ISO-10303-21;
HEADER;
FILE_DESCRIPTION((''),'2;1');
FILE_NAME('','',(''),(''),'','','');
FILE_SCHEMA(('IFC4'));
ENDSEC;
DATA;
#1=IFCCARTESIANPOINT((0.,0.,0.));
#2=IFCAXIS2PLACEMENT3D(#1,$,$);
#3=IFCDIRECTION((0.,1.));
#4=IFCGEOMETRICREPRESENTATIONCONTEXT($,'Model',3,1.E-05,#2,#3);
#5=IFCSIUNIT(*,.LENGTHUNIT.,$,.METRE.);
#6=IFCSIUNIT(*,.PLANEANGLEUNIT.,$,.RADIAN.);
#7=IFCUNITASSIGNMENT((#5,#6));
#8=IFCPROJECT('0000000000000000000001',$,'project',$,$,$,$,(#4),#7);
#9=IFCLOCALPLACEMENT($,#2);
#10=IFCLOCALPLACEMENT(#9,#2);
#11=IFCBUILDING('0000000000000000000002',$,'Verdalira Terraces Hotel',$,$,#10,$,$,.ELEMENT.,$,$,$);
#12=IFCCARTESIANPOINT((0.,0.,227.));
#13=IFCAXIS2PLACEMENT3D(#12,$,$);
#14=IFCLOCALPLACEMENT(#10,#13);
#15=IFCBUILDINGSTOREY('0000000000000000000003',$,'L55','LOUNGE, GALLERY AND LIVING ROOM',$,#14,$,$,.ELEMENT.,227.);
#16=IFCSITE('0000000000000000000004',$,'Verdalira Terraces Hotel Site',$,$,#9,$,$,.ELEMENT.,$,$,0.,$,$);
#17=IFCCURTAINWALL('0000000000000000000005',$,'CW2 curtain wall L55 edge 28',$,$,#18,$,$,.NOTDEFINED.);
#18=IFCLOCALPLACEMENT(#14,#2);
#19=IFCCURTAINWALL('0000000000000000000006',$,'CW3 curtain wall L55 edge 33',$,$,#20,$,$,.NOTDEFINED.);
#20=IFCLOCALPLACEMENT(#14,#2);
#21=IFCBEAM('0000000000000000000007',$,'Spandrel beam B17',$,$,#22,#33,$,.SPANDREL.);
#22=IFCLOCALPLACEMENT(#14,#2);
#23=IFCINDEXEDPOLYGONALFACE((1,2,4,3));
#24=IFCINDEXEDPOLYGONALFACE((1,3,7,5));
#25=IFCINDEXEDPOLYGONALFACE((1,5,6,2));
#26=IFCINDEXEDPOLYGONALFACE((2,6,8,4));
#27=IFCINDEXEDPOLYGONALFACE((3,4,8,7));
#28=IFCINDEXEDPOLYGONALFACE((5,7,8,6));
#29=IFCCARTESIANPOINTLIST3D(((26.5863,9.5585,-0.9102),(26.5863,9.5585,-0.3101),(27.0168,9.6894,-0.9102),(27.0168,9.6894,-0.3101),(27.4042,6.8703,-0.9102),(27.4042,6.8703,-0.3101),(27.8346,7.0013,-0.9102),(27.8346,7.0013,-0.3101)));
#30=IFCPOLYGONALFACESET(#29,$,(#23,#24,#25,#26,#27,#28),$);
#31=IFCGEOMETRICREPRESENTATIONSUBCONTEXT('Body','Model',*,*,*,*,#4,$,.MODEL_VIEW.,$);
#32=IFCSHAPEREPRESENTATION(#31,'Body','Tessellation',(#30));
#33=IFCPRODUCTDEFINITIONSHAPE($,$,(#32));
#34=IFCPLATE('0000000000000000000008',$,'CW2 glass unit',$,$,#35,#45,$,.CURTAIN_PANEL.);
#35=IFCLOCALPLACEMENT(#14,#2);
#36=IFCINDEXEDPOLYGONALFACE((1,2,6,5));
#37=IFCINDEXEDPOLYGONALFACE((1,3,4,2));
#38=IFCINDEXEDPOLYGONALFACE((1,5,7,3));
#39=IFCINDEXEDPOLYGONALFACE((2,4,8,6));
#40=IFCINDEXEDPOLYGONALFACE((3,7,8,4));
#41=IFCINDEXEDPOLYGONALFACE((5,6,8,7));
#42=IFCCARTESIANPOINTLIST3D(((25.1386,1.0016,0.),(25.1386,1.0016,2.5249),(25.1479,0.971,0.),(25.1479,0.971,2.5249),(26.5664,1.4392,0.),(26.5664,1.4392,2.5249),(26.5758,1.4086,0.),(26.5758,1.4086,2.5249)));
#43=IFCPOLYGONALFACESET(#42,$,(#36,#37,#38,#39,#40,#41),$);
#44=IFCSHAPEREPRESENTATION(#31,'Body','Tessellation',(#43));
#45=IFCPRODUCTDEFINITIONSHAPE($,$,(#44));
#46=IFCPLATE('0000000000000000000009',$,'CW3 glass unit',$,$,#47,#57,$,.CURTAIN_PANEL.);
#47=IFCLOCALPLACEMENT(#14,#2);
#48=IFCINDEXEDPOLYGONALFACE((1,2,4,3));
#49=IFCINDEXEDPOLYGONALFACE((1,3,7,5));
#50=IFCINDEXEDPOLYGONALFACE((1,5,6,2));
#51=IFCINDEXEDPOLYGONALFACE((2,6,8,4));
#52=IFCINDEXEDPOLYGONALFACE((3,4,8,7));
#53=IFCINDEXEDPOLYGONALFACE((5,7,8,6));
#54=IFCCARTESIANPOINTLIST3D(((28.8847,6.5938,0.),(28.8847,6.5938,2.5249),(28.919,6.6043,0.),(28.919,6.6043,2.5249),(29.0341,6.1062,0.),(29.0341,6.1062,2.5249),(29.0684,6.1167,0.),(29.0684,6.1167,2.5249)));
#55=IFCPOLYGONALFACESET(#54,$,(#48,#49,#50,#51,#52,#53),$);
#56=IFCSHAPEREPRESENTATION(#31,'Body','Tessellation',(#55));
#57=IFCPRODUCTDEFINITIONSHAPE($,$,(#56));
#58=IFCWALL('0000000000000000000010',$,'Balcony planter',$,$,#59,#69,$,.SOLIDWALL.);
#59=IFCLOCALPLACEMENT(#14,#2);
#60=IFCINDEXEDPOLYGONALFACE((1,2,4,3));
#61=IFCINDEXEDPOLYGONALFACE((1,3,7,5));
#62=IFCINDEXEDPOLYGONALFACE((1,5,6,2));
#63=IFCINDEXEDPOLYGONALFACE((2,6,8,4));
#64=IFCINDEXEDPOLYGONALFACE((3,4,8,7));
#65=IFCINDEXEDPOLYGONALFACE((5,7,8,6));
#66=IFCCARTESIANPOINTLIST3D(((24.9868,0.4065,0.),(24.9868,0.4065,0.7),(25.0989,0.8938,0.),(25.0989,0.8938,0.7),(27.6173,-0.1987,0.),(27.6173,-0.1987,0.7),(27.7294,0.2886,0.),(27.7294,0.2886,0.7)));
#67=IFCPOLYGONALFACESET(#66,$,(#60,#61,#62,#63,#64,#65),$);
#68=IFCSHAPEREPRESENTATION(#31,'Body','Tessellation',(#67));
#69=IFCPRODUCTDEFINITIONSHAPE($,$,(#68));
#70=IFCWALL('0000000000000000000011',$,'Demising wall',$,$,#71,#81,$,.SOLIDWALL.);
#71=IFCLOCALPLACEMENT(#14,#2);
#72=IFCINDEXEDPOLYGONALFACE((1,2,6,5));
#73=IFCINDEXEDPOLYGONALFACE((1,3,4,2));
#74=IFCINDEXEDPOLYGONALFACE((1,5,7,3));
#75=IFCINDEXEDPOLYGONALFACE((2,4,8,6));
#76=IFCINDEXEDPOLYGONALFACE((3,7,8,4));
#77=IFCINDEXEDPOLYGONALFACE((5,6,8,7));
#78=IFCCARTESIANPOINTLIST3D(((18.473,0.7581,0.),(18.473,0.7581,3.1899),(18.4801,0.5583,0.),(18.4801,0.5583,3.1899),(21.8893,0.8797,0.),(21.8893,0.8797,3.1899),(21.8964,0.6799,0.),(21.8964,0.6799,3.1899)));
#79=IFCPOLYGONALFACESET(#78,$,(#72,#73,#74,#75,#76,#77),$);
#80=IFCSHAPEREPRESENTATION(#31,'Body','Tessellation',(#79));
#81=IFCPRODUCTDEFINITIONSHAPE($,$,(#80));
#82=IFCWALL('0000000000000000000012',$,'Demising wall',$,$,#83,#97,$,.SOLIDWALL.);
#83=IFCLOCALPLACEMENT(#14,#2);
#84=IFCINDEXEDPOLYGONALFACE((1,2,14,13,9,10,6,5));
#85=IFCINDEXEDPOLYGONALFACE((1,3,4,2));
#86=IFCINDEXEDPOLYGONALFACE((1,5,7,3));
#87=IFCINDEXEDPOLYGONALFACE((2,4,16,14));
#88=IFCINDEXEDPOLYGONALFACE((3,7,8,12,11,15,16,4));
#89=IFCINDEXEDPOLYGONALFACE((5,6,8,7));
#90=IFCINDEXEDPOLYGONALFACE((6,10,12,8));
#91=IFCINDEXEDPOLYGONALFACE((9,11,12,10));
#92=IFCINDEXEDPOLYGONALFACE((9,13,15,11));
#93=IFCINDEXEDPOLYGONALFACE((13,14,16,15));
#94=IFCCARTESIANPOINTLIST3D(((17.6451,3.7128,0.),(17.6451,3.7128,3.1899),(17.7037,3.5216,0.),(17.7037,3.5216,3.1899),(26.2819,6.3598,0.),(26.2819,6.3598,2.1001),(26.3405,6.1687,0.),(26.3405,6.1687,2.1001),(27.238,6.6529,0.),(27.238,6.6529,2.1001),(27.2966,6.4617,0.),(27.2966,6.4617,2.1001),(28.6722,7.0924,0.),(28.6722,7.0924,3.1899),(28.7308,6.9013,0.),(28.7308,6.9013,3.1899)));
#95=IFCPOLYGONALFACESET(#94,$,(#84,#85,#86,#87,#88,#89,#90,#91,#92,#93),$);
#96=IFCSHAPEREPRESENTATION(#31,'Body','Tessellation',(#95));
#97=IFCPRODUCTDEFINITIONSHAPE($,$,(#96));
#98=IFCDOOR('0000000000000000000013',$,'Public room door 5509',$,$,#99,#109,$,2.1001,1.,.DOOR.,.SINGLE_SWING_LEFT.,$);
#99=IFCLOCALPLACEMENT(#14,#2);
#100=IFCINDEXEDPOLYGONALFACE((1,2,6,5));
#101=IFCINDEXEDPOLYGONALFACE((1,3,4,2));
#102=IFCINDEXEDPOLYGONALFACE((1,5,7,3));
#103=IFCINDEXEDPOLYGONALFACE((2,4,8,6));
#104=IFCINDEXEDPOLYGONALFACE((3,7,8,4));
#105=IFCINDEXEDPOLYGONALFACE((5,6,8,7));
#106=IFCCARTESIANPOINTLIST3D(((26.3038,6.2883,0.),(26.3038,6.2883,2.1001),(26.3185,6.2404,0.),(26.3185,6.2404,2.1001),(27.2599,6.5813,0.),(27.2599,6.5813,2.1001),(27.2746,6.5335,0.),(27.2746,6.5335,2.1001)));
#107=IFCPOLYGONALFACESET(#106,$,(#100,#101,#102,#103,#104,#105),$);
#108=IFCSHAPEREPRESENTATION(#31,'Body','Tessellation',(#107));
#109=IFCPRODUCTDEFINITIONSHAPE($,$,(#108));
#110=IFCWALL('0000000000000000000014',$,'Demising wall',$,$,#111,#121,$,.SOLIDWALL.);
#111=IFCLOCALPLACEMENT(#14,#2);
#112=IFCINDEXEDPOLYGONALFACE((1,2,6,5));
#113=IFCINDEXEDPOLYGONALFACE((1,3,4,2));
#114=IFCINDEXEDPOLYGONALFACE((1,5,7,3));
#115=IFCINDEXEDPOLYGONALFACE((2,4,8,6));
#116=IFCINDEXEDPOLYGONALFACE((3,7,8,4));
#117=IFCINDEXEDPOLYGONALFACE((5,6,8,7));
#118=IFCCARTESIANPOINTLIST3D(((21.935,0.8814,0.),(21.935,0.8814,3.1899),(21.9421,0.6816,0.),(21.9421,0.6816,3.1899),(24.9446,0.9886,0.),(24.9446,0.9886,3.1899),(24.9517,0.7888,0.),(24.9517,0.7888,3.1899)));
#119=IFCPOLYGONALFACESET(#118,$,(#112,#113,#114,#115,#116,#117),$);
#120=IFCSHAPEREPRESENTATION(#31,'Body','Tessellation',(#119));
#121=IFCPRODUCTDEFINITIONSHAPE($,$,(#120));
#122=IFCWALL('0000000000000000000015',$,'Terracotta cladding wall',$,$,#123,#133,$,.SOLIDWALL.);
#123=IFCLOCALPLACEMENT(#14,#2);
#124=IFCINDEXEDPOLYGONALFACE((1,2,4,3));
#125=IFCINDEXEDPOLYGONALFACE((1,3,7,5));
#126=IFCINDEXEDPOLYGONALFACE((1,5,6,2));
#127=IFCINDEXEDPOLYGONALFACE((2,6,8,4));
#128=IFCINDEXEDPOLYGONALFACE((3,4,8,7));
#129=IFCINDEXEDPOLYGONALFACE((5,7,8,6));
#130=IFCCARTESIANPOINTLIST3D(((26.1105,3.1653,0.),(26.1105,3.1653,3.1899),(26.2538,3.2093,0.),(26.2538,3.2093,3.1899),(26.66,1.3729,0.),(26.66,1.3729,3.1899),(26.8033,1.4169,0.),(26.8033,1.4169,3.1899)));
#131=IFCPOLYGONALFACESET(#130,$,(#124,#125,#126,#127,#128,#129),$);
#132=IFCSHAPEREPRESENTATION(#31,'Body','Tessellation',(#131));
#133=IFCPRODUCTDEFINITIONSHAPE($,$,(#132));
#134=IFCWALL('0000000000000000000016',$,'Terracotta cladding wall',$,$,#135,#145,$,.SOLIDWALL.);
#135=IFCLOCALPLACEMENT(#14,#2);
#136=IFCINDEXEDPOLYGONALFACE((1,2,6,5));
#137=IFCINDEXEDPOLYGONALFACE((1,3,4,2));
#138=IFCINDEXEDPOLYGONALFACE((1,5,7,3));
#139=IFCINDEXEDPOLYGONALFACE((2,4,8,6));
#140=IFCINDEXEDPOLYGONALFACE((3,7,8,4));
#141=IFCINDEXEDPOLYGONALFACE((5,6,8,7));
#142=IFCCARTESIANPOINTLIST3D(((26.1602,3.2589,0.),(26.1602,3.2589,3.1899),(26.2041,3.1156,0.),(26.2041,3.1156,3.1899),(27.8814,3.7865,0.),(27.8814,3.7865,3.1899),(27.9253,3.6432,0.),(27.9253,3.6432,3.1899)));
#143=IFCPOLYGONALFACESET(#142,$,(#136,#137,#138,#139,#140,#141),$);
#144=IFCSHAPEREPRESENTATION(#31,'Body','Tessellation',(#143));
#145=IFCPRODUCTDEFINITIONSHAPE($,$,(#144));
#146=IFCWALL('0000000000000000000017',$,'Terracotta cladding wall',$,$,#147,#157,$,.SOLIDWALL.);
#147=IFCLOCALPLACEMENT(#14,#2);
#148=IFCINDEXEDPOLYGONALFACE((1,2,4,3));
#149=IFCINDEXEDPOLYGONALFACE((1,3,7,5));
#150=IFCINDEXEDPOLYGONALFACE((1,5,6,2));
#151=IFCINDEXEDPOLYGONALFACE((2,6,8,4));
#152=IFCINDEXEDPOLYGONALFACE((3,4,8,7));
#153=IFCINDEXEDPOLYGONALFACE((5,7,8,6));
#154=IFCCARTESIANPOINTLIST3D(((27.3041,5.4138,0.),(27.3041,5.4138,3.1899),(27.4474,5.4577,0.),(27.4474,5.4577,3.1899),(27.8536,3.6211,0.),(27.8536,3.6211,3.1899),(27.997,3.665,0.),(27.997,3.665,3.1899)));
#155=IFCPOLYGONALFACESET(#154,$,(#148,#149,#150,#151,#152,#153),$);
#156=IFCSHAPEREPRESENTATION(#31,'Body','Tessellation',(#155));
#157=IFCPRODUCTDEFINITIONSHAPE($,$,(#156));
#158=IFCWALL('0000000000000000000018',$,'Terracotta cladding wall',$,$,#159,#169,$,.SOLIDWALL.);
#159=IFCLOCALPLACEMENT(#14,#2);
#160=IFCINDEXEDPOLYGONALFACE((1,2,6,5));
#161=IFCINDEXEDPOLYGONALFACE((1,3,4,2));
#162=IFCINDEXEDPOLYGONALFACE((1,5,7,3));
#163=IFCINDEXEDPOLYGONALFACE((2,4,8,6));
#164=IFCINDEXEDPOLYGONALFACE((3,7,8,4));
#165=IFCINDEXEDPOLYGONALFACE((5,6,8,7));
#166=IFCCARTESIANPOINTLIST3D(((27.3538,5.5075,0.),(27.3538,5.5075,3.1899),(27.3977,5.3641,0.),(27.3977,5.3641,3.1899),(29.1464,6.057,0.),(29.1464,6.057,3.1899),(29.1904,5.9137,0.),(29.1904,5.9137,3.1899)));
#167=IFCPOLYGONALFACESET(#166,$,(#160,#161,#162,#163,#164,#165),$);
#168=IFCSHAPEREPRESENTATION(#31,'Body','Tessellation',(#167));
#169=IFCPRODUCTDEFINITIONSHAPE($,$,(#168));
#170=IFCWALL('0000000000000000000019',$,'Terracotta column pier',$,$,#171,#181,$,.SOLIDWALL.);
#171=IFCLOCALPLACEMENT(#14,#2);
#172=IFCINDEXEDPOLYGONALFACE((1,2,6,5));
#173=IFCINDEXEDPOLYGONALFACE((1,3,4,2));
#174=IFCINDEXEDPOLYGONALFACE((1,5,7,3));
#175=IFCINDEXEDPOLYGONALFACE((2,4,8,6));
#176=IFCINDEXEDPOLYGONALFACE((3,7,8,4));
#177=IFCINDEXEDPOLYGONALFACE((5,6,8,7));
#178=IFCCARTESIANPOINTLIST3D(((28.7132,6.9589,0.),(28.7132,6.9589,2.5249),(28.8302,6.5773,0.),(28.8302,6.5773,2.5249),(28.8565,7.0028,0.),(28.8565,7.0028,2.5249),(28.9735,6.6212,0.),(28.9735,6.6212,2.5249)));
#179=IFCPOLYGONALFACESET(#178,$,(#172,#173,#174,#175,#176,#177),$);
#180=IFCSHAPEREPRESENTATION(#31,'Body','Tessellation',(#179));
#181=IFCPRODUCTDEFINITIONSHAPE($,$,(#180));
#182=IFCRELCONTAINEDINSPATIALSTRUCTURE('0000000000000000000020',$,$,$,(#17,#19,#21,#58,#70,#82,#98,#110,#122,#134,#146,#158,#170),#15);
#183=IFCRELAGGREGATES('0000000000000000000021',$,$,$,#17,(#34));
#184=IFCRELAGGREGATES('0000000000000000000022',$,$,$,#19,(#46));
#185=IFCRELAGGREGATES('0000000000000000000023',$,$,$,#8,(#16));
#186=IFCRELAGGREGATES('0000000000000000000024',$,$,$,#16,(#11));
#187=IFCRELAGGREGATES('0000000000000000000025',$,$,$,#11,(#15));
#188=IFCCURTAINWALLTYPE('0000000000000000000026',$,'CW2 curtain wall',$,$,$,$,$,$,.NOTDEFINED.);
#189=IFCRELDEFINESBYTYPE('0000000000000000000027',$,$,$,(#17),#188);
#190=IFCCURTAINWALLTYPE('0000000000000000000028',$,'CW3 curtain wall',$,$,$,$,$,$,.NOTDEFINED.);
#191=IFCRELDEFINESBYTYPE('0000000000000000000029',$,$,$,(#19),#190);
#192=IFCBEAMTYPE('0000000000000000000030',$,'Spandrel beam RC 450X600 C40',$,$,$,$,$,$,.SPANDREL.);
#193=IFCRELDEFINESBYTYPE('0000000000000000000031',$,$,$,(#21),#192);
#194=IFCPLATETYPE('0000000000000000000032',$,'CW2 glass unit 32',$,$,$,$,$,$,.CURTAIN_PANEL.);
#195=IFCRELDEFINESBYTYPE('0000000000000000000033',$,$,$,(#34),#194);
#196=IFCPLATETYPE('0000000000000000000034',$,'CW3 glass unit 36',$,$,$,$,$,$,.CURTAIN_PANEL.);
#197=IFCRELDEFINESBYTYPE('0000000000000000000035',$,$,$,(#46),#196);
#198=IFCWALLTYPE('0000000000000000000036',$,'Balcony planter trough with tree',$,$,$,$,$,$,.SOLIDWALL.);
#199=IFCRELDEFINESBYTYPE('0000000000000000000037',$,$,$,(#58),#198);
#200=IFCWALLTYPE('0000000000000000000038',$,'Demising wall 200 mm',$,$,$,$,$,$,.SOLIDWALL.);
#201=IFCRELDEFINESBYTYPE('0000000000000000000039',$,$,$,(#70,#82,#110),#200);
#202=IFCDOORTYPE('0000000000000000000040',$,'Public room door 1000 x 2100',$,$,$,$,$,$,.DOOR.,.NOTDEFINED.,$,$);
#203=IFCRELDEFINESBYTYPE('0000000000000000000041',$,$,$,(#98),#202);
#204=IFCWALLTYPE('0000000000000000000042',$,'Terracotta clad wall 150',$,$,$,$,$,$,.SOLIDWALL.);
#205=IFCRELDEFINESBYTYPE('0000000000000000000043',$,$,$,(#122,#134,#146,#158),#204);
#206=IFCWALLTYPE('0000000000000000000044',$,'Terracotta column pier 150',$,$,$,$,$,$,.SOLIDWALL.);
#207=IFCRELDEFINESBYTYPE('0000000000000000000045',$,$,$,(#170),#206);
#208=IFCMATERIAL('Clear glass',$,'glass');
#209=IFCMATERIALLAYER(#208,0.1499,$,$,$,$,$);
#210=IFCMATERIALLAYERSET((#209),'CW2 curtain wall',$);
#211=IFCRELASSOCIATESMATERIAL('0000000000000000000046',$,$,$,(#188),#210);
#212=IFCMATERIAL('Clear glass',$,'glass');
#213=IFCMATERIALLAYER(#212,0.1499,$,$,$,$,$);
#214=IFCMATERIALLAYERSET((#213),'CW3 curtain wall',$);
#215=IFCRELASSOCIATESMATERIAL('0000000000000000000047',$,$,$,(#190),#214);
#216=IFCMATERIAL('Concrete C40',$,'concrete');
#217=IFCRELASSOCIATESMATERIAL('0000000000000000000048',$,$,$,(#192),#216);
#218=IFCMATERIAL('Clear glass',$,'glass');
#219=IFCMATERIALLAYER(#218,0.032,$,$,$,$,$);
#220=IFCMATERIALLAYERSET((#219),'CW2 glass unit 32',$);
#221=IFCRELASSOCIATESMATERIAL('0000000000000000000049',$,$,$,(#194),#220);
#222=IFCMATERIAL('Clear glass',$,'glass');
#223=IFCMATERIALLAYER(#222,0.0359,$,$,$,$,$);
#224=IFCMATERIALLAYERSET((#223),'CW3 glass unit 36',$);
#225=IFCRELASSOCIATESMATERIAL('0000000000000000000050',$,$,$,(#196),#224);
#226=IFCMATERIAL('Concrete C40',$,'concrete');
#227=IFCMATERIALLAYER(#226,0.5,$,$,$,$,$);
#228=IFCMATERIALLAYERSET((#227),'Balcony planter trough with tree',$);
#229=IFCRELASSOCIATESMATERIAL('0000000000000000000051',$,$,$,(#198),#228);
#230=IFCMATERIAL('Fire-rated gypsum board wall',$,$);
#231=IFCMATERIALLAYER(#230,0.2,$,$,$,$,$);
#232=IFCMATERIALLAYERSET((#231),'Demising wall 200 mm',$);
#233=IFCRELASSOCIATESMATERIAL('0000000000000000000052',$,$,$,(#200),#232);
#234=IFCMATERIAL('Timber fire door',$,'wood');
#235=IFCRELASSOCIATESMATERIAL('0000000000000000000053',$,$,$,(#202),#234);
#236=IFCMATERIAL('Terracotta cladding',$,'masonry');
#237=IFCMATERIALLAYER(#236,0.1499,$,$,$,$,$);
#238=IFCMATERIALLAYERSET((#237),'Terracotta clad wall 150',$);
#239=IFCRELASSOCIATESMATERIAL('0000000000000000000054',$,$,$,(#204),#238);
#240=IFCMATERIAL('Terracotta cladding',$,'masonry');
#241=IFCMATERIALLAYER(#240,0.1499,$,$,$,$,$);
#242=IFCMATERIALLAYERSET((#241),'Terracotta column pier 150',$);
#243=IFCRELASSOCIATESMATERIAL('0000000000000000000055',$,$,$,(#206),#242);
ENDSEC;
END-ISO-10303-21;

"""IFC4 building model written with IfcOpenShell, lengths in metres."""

from ifc_helpers import new_model, si_unit, direction, frame, frame_2d, origin, origin_2d, place, context, subcontext, project, spatial, rectangle, extrude, material, layer, layer_set, material_profile, profile_set, type_object, element, fill, aggregate, save


model = new_model("IFC4")

# Units and contexts
model_context = context("Model", 3, precision=1e-05, world=origin(), true_north=direction((0.0, 1.0)))
body_context = subcontext(model_context, "Body", "Model", "MODEL_VIEW")
ifc_project = project(units=[si_unit("LENGTHUNIT", "METRE"), si_unit("PLANEANGLEUNIT", "RADIAN")], contexts=[model_context])

# Site, building, storey
site_placement = place(None, origin())
site = spatial("IfcSite", under=ifc_project, at=site_placement, Name="Verdalira Terraces Hotel Site", CompositionType="ELEMENT", RefElevation=0.0)
building_placement = place(site_placement, origin())
building = spatial("IfcBuilding", under=site, at=building_placement, Name="Verdalira Terraces Hotel", CompositionType="ELEMENT")
storey_placement = place(building_placement, frame((0.0, 0.0, 227.0)))
storey = spatial("IfcBuildingStorey", under=building, at=storey_placement, Name="L55", Description="LOUNGE, GALLERY AND LIVING ROOM", CompositionType="ELEMENT", Elevation=227.0)

# Curtain walls
ifc_material_1 = material(Name="Clear glass", Category="glass")
ifc_layer_1 = layer(ifc_material_1, 0.1499)
ifc_layer_set_1 = layer_set([ifc_layer_1], Name="CW2 curtain wall")
curtain_wall_type_1 = type_object("IfcCurtainWallType", Name="CW2 curtain wall", PredefinedType="NOTDEFINED", material=ifc_layer_set_1)
curtain_wall_1_placement = place(storey_placement, origin())
curtain_wall_1 = element("IfcCurtainWall", 1, at=curtain_wall_1_placement, inside=storey, type_object=curtain_wall_type_1, Name="CW2 curtain wall L55 edge 28", PredefinedType="NOTDEFINED")
ifc_material_2 = material(Name="Clear glass", Category="glass")
ifc_layer_2 = layer(ifc_material_2, 0.1499)
ifc_layer_set_2 = layer_set([ifc_layer_2], Name="CW3 curtain wall")
curtain_wall_type_2 = type_object("IfcCurtainWallType", Name="CW3 curtain wall", PredefinedType="NOTDEFINED", material=ifc_layer_set_2)
curtain_wall_2_placement = place(storey_placement, origin())
curtain_wall_2 = element("IfcCurtainWall", 2, at=curtain_wall_2_placement, inside=storey, type_object=curtain_wall_type_2, Name="CW3 curtain wall L55 edge 33", PredefinedType="NOTDEFINED")

# Beam
ifc_material_3 = material(Name="Concrete C40", Category="concrete")
ifc_material_profile_1 = material_profile(ifc_material_3, rectangle(XDim=0.45, YDim=0.6001, at=origin_2d()), Name="RC 450X600")
ifc_profile_set_1 = profile_set([ifc_material_profile_1], Name="Concrete C40")
beam_type_1 = type_object("IfcBeamType", Name="Spandrel beam RC 450X600 C40", PredefinedType="SPANDREL", material=ifc_profile_set_1)
beam_1_placement = place(storey_placement, frame((27.6194, 6.9358, -0.6101), z_axis=(-0.291068, 0.956702, 0.0), x_axis=(-0.956702, -0.291068, 0.0)))
element("IfcBeam", 3, at=beam_1_placement, inside=storey, type_object=beam_type_1, Name="Spandrel beam B17", PredefinedType="SPANDREL", context=body_context, shape_type="SweptSolid", body=[
    extrude(rectangle(XDim=0.45, YDim=0.6001, at=origin_2d()), origin(), (0.0, 0.0, 1.0), 2.8098),
])

# Plates
ifc_material_4 = material(Name="Clear glass", Category="glass")
ifc_layer_3 = layer(ifc_material_4, 0.032)
ifc_layer_set_3 = layer_set([ifc_layer_3], Name="CW2 glass unit 32")
plate_type_1 = type_object("IfcPlateType", Name="CW2 glass unit 32", PredefinedType="CURTAIN_PANEL", material=ifc_layer_set_3)
plate_1_placement = place(storey_placement, frame((25.8572, 1.2051, 0.0), z_axis=(0.0, 0.0, 1.0), x_axis=(0.9561, 0.293039, 0.0)))
plate_1 = element("IfcPlate", 4, at=plate_1_placement, type_object=plate_type_1, Name="CW2 glass unit", PredefinedType="CURTAIN_PANEL", context=body_context, shape_type="SweptSolid", body=[
    extrude(rectangle(XDim=1.4934, YDim=0.032, at=origin_2d()), origin(), (0.0, 0.0, 1.0), 2.5249),
])
aggregate(curtain_wall_1, [plate_1])
ifc_material_5 = material(Name="Clear glass", Category="glass")
ifc_layer_4 = layer(ifc_material_5, 0.0359)
ifc_layer_set_4 = layer_set([ifc_layer_4], Name="CW3 glass unit 36")
plate_type_2 = type_object("IfcPlateType", Name="CW3 glass unit 36", PredefinedType="CURTAIN_PANEL", material=ifc_layer_set_4)
plate_2_placement = place(storey_placement, frame((28.9766, 6.3552, 0.0), z_axis=(0.0, 0.0, 1.0), x_axis=(-0.293039, 0.9561, 0.0)))
plate_2 = element("IfcPlate", 5, at=plate_2_placement, type_object=plate_type_2, Name="CW3 glass unit", PredefinedType="CURTAIN_PANEL", context=body_context, shape_type="SweptSolid", body=[
    extrude(rectangle(XDim=0.51, YDim=0.0359, at=origin_2d()), origin(), (0.0, 0.0, 1.0), 2.5249),
])
aggregate(curtain_wall_2, [plate_2])

# Walls
ifc_material_6 = material(Name="Concrete C40", Category="concrete")
ifc_layer_5 = layer(ifc_material_6, 0.5)
ifc_layer_set_5 = layer_set([ifc_layer_5], Name="Balcony planter trough with tree")
wall_type_1 = type_object("IfcWallType", Name="Balcony planter trough with tree", PredefinedType="SOLIDWALL", material=ifc_layer_set_5)
wall_1_placement = place(storey_placement, frame((27.6733, 0.0449, 0.0), z_axis=(0.0, 0.0, 1.0), x_axis=(-0.974536, 0.224232, 0.0)))
element("IfcWall", 6, at=wall_1_placement, inside=storey, type_object=wall_type_1, Name="Balcony planter", PredefinedType="SOLIDWALL", context=body_context, shape_type="SweptSolid", body=[
    extrude(rectangle(XDim=2.6992, YDim=0.5, at=frame_2d((1.3496, 0.0))), origin(), (0.0, 0.0, 1.0), 0.7),
])
ifc_material_7 = material(Name="Fire-rated gypsum board wall")
ifc_layer_6 = layer(ifc_material_7, 0.2)
ifc_layer_set_6 = layer_set([ifc_layer_6], Name="Demising wall 200 mm")
wall_type_2 = type_object("IfcWallType", Name="Demising wall 200 mm", PredefinedType="SOLIDWALL", material=ifc_layer_set_6)
wall_2_placement = place(storey_placement, frame((21.8928, 0.7798, 0.0), z_axis=(0.0, 0.0, 1.0), x_axis=(-0.999367, -0.035567, 0.0)))
element("IfcWall", 7, at=wall_2_placement, inside=storey, type_object=wall_type_2, Name="Demising wall", PredefinedType="SOLIDWALL", context=body_context, shape_type="SweptSolid", body=[
    extrude(rectangle(XDim=3.4185, YDim=0.2, at=frame_2d((1.7092, 0.0))), origin(), (0.0, 0.0, 1.0), 3.1899),
])

# Wall, opening, door
wall_3_placement = place(storey_placement, frame((28.7014, 6.9968, 0.0), z_axis=(0.0, 0.0, 1.0), x_axis=(-0.956103, -0.293031, 0.0)))
wall_3 = element("IfcWall", 8, at=wall_3_placement, inside=storey, type_object=wall_type_2, Name="Demising wall", PredefinedType="SOLIDWALL", context=body_context, shape_type="SweptSolid", body=[
    extrude(rectangle(XDim=11.5334, YDim=0.2, at=frame_2d((5.7666, 0.0))), origin(), (0.0, 0.0, 1.0), 3.1899),
])
opening_placement = place(wall_3_placement, frame((1.5, 0.0, 0.0)))
opening = element("IfcOpeningElement", 9, at=opening_placement, cuts=wall_3, PredefinedType="OPENING", context=body_context, shape_type="SweptSolid", body=[
    extrude(rectangle(XDim=1.0, YDim=2.1001, at=frame_2d((0.5, 1.05))), frame((0.0, 0.1099, 0.0), z_axis=(0.0, -1.0, 0.0), x_axis=(1.0, 0.0, 0.0)), (0.0, 0.0, 1.0), 0.22),
])
ifc_material_8 = material(Name="Timber fire door", Category="wood")
door_type = type_object("IfcDoorType", Name="Public room door 1000 x 2100", OperationType="NOTDEFINED", PredefinedType="DOOR", material=ifc_material_8)
door_placement = place(opening_placement, origin())
door = element("IfcDoor", 10, at=door_placement, inside=storey, type_object=door_type, Name="Public room door 5509", OperationType="SINGLE_SWING_LEFT", OverallHeight=2.1001, OverallWidth=1.0, PredefinedType="DOOR", context=body_context, shape_type="SweptSolid", body=[
    extrude(rectangle(XDim=1.0, YDim=2.1001, at=frame_2d((0.5, 1.05))), frame((0.0, 0.0249, 0.0), z_axis=(0.0, -1.0, 0.0), x_axis=(1.0, 0.0, 0.0)), (0.0, 0.0, 1.0), 0.05),
])
fill(opening, door)

# Walls
wall_4_placement = place(storey_placement, frame((24.9482, 0.8887, 0.0), z_axis=(0.0, 0.0, 1.0), x_axis=(-0.999366, -0.03559, 0.0)))
element("IfcWall", 11, at=wall_4_placement, inside=storey, type_object=wall_type_2, Name="Demising wall", PredefinedType="SOLIDWALL", context=body_context, shape_type="SweptSolid", body=[
    extrude(rectangle(XDim=3.0115, YDim=0.2, at=frame_2d((1.5059, 0.0))), origin(), (0.0, 0.0, 1.0), 3.1899),
])
ifc_material_9 = material(Name="Terracotta cladding", Category="masonry")
ifc_layer_7 = layer(ifc_material_9, 0.1499)
ifc_layer_set_7 = layer_set([ifc_layer_7], Name="Terracotta clad wall 150")
wall_type_3 = type_object("IfcWallType", Name="Terracotta clad wall 150", PredefinedType="SOLIDWALL", material=ifc_layer_set_7)
wall_5_placement = place(storey_placement, frame((26.7317, 1.3948, 0.0), z_axis=(0.0, 0.0, 1.0), x_axis=(-0.293125, 0.956074, 0.0)))
element("IfcWall", 12, at=wall_5_placement, inside=storey, type_object=wall_type_3, Name="Terracotta cladding wall", PredefinedType="SOLIDWALL", context=body_context, shape_type="SweptSolid", body=[
    extrude(rectangle(XDim=1.8748, YDim=0.1499, at=frame_2d((0.9375, 0.0))), origin(), (0.0, 0.0, 1.0), 3.1899),
])
wall_6_placement = place(storey_placement, frame((26.1821, 3.1873, 0.0), z_axis=(0.0, 0.0, 1.0), x_axis=(0.956092, 0.293066, 0.0)))
element("IfcWall", 13, at=wall_6_placement, inside=storey, type_object=wall_type_3, Name="Terracotta cladding wall", PredefinedType="SOLIDWALL", context=body_context, shape_type="SweptSolid", body=[
    extrude(rectangle(XDim=1.8003, YDim=0.1499, at=frame_2d((0.9001, 0.0))), origin(), (0.0, 0.0, 1.0), 3.1899),
])
for number, where, z_axis, x_axis, name in (
    (14, (27.9253, 3.6431, 0.0), (0.0, 0.0, 1.0), (-0.293088, 0.956085, 0.0), "Terracotta cladding wall"),
    (15, (27.3757, 5.4358, 0.0), (0.0, 0.0, 1.0), (0.956085, 0.293088, 0.0), "Terracotta cladding wall"),
):
    element("IfcWall", number, at=place(storey_placement, frame(where, z_axis=z_axis, x_axis=x_axis)), inside=storey, type_object=wall_type_3, Name=name, PredefinedType="SOLIDWALL", context=body_context, shape_type="SweptSolid", body=[
        extrude(rectangle(XDim=1.875, YDim=0.1499, at=frame_2d((0.9375, 0.0))), origin(), (0.0, 0.0, 1.0), 3.1899),
    ])
ifc_material_10 = material(Name="Terracotta cladding", Category="masonry")
ifc_layer_8 = layer(ifc_material_10, 0.1499)
ifc_layer_set_8 = layer_set([ifc_layer_8], Name="Terracotta column pier 150")
wall_type_4 = type_object("IfcWallType", Name="Terracotta column pier 150", PredefinedType="SOLIDWALL", material=ifc_layer_set_8)
wall_7_placement = place(storey_placement, frame((28.9019, 6.5991, 0.0), z_axis=(0.0, 0.0, 1.0), x_axis=(-0.293011, 0.956109, 0.0)))
element("IfcWall", 16, at=wall_7_placement, inside=storey, type_object=wall_type_4, Name="Terracotta column pier", PredefinedType="SOLIDWALL", context=body_context, shape_type="SweptSolid", body=[
    extrude(rectangle(XDim=0.3992, YDim=0.1499, at=frame_2d((0.1997, 0.0))), origin(), (0.0, 0.0, 1.0), 2.5249),
])

save(model, "model.ifc")
